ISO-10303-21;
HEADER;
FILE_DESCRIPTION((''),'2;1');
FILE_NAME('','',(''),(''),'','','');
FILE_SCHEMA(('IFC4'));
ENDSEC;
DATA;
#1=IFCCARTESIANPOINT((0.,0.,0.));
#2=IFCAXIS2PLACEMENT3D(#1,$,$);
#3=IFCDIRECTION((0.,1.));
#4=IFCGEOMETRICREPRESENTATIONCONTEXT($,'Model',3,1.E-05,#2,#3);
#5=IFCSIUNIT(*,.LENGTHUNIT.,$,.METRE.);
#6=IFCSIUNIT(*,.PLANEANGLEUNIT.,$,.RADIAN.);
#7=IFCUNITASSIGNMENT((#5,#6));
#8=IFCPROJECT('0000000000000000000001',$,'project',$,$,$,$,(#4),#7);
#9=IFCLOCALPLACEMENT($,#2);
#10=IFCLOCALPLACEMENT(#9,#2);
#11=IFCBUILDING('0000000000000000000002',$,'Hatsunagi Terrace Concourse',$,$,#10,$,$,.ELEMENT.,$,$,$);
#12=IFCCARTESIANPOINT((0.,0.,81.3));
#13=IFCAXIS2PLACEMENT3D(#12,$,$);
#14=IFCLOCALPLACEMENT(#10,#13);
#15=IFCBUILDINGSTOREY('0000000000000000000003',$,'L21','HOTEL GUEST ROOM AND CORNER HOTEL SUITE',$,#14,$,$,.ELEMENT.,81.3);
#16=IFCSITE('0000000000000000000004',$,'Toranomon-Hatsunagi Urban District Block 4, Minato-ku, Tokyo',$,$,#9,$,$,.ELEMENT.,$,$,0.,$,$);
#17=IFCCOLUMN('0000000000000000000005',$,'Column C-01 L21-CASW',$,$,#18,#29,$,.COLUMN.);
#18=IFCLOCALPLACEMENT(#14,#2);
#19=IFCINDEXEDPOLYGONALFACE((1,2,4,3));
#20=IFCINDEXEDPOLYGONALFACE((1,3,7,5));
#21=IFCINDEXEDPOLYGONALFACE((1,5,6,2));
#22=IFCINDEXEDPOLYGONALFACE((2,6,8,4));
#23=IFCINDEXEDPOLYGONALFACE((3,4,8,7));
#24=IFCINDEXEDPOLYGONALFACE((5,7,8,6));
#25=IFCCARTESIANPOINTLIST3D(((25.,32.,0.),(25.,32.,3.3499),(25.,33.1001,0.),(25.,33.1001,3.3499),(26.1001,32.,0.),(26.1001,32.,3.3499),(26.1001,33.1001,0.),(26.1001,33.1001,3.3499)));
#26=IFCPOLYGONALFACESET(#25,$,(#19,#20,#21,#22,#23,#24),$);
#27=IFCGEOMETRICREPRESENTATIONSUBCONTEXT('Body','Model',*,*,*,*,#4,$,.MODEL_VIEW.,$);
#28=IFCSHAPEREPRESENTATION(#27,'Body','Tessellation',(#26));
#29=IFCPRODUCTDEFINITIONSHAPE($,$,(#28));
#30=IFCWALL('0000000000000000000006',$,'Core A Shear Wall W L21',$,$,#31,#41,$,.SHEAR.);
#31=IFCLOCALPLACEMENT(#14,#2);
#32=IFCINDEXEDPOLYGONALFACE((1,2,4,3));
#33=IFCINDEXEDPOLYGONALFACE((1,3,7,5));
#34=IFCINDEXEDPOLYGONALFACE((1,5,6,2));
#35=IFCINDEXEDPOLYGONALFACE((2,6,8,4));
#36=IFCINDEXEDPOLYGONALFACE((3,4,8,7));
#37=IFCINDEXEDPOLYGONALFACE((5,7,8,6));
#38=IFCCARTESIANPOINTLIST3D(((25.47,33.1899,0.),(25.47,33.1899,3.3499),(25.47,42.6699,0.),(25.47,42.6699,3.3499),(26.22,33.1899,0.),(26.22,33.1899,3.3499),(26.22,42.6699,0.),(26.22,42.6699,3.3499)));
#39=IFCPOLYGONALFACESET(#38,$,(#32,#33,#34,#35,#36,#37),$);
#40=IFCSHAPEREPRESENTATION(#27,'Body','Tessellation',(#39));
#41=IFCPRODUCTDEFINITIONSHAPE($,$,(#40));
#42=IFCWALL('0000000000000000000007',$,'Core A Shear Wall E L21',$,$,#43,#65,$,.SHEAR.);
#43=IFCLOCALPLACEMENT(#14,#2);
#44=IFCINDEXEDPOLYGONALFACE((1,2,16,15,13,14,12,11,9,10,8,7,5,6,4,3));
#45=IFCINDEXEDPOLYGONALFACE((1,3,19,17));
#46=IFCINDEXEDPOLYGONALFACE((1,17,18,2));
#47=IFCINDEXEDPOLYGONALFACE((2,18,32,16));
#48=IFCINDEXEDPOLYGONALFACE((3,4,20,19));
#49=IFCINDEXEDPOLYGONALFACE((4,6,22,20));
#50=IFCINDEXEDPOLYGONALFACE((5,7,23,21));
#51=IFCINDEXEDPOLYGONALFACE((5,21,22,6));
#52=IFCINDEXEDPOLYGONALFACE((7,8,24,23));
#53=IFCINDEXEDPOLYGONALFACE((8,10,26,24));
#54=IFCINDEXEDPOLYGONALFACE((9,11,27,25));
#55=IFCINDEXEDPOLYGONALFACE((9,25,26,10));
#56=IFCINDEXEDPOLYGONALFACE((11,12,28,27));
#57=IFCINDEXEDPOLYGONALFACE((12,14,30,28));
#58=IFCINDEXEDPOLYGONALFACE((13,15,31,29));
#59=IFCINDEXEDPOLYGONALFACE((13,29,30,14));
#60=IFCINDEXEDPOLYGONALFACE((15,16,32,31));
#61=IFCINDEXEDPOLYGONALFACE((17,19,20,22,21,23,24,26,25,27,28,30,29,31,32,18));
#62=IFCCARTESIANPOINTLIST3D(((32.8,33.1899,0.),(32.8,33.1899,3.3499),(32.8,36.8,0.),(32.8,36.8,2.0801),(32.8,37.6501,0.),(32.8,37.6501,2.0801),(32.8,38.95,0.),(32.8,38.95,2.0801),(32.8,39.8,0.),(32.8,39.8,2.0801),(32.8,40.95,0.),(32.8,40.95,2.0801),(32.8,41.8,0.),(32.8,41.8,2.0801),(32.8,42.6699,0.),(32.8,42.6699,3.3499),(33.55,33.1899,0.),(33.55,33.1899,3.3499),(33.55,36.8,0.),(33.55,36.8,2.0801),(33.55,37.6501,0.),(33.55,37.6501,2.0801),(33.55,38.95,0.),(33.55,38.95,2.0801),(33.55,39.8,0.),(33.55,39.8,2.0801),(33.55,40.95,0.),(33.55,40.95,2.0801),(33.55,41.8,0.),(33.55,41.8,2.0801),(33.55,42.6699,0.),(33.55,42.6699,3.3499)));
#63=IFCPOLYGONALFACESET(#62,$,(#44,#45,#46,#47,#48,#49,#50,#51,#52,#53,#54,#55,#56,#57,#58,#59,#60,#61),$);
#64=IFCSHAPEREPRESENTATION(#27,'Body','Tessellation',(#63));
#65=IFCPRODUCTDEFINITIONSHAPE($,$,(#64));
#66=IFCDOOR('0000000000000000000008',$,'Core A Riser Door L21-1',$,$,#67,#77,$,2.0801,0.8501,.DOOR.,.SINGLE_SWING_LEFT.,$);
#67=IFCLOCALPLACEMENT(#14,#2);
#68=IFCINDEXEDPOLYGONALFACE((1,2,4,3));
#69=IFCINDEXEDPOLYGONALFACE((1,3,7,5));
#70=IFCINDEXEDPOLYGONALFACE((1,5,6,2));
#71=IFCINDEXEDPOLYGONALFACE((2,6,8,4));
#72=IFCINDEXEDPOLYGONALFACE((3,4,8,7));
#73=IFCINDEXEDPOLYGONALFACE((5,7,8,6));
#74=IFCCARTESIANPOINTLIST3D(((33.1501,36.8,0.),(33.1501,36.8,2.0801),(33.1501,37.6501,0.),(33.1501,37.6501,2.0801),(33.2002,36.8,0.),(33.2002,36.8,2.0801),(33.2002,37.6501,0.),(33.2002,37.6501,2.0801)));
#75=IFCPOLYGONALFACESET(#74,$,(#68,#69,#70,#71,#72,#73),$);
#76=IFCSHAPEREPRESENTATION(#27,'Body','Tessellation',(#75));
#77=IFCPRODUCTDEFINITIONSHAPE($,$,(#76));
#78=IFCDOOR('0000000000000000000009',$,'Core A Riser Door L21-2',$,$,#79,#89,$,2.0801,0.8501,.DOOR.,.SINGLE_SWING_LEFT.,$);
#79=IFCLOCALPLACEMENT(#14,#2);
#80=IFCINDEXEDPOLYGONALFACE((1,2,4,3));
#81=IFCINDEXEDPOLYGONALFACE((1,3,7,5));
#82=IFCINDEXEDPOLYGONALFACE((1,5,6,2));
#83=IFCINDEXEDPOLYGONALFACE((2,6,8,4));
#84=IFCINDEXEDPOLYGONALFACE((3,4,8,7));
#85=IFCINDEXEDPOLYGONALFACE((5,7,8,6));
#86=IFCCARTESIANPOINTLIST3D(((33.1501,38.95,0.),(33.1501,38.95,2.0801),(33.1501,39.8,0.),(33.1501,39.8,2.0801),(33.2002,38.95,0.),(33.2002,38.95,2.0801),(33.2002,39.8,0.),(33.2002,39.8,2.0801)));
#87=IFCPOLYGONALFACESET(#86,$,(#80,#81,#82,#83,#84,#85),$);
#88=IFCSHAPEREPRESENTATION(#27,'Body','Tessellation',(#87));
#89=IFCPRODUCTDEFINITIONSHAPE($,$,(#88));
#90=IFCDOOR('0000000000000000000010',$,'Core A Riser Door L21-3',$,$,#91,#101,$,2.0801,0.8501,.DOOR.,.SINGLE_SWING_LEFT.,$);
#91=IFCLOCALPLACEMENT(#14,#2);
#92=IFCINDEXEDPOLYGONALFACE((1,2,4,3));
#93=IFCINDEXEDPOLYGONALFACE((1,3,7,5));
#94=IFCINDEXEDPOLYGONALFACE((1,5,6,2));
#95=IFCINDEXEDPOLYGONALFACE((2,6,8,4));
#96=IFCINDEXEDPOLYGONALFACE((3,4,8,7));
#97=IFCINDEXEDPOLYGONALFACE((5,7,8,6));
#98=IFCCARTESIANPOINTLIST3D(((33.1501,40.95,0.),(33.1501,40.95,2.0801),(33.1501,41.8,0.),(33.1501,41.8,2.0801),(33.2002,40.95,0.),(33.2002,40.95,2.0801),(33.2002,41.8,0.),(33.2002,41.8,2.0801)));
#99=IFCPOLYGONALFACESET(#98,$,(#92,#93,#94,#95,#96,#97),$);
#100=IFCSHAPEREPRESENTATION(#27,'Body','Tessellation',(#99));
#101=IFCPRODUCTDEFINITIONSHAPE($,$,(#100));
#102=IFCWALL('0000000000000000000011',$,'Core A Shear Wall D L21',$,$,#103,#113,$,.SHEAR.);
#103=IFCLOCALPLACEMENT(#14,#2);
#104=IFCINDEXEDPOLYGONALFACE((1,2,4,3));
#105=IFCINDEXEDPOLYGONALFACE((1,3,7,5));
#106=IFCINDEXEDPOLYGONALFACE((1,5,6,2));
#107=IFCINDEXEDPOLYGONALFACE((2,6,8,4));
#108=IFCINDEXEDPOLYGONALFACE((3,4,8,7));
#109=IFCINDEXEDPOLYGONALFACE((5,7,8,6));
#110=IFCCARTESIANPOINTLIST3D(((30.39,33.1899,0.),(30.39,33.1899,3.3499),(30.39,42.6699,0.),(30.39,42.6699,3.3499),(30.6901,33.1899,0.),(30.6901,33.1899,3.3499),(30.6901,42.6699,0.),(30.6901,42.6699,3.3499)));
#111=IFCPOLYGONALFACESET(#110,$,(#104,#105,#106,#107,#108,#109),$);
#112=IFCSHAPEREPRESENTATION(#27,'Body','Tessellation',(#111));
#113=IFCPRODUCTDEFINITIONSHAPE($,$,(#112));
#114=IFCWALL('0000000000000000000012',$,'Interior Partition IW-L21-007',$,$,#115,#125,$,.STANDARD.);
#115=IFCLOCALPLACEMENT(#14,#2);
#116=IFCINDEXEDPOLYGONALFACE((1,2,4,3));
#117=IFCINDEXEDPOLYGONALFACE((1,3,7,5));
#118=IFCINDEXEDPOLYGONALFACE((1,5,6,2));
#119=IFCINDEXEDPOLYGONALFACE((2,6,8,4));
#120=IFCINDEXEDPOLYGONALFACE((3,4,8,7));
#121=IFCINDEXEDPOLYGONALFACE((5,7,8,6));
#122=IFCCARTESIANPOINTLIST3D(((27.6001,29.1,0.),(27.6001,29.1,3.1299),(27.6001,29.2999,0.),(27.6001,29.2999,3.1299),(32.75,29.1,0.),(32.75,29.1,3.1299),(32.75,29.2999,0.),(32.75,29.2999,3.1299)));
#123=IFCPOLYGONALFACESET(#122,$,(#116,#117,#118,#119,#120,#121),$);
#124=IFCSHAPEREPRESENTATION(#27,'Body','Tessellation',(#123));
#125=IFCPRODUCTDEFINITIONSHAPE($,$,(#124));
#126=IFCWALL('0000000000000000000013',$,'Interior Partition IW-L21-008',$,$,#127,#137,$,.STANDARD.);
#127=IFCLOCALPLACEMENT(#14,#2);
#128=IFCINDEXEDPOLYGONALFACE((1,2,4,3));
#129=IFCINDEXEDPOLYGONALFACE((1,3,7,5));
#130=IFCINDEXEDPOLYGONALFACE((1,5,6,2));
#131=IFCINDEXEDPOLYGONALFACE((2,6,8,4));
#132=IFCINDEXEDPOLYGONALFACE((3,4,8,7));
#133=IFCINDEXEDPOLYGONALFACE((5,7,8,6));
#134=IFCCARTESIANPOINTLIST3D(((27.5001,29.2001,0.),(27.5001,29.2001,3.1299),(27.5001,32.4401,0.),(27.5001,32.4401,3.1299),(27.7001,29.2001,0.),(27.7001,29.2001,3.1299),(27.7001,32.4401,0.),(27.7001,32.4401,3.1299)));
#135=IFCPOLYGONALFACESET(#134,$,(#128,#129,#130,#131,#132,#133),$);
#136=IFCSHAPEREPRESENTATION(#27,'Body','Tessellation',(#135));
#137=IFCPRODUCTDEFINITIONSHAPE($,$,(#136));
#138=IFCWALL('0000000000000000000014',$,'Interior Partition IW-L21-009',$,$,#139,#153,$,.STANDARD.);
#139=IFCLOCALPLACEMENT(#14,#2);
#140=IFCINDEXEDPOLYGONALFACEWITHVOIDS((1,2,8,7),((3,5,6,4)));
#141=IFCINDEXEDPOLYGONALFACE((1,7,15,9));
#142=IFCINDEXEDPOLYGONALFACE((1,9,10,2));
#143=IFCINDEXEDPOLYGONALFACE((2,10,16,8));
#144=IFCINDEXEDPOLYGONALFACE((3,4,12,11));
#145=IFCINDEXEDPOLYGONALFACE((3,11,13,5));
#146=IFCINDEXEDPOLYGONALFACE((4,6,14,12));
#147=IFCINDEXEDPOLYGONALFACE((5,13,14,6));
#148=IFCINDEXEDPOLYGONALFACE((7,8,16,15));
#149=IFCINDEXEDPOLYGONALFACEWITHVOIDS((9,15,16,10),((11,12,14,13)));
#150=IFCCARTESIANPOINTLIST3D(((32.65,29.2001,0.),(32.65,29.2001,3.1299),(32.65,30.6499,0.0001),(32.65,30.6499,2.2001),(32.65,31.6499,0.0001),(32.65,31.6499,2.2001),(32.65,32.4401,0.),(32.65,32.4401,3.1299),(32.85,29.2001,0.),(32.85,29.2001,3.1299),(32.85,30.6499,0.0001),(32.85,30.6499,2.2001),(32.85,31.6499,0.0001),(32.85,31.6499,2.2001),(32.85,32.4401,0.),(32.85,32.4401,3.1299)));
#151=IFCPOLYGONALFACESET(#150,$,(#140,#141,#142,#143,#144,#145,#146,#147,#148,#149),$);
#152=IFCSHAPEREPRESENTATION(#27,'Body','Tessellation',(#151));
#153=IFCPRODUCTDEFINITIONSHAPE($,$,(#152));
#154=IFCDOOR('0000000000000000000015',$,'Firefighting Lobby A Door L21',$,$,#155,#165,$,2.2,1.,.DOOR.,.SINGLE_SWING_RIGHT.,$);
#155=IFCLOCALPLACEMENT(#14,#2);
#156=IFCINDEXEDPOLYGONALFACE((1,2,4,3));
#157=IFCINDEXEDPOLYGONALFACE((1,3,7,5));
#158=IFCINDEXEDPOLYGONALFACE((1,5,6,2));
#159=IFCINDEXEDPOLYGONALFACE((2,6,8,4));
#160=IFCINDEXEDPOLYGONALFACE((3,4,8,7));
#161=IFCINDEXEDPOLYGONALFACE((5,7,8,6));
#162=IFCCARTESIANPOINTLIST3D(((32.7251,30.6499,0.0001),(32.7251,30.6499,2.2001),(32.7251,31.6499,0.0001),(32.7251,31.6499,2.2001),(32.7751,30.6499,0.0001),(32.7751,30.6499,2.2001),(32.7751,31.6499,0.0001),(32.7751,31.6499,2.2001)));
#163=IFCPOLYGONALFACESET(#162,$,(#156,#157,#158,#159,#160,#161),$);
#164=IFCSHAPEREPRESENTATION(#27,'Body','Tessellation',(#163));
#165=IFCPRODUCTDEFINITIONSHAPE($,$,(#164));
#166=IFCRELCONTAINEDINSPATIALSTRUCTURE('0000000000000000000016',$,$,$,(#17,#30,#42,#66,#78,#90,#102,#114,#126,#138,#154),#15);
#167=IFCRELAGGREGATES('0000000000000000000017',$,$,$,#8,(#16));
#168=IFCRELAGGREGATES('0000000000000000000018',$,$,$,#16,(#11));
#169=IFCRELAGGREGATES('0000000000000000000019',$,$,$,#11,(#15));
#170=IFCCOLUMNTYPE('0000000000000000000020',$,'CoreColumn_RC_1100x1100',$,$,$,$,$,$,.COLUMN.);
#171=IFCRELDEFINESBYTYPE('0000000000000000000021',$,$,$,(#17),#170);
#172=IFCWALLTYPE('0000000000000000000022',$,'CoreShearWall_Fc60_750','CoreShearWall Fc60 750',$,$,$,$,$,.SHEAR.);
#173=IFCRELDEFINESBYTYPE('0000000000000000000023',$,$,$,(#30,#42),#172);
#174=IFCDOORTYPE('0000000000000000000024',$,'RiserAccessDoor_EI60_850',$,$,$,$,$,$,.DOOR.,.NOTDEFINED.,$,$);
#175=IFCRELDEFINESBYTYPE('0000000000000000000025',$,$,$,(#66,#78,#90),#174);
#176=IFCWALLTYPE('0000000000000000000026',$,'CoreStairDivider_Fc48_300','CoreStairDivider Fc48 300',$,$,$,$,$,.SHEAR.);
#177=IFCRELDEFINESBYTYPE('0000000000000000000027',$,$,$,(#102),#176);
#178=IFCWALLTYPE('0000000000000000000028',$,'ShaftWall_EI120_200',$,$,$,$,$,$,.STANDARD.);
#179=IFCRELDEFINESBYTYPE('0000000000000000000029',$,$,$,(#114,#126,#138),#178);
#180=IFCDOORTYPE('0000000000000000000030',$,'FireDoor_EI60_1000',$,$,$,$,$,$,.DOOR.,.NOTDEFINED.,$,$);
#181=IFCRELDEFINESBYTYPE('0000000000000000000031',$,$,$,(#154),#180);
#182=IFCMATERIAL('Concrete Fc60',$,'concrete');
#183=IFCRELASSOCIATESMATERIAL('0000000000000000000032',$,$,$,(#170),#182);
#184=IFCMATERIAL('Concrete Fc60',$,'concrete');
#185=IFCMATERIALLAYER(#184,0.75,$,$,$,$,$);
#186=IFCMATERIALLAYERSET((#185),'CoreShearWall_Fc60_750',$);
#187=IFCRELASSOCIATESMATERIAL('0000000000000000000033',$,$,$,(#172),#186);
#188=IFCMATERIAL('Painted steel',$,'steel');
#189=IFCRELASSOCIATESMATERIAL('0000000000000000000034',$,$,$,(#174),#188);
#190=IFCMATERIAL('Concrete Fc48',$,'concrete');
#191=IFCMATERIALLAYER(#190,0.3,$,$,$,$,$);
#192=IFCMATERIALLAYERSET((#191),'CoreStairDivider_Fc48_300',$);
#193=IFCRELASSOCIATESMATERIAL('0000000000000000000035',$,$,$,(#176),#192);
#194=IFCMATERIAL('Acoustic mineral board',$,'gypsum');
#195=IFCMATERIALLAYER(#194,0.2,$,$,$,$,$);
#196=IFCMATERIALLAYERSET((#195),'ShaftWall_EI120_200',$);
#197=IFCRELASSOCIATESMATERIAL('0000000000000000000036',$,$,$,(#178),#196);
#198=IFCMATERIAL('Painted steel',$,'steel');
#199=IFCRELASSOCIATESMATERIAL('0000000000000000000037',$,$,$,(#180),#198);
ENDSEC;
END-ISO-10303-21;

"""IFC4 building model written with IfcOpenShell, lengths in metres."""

from ifc_helpers import new_model, si_unit, direction, frame, frame_2d, origin, origin_2d, place, context, subcontext, project, spatial, rectangle, extrude, material, layer, layer_set, material_profile, profile_set, type_object, element, fill, save


model = new_model("IFC4")

# Units and contexts
model_context = context("Model", 3, precision=1e-05, world=origin(), true_north=direction((0.0, 1.0)))
body_context = subcontext(model_context, "Body", "Model", "MODEL_VIEW")
ifc_project = project(units=[si_unit("LENGTHUNIT", "METRE"), si_unit("PLANEANGLEUNIT", "RADIAN")], contexts=[model_context])

# Site, building, storey
site_placement = place(None, origin())
site = spatial("IfcSite", under=ifc_project, at=site_placement, Name="Toranomon-Hatsunagi Urban District Block 4, Minato-ku, Tokyo", CompositionType="ELEMENT", RefElevation=0.0)
building_placement = place(site_placement, origin())
building = spatial("IfcBuilding", under=site, at=building_placement, Name="Hatsunagi Terrace Concourse", CompositionType="ELEMENT")
storey_placement = place(building_placement, frame((0.0, 0.0, 81.3)))
storey = spatial("IfcBuildingStorey", under=building, at=storey_placement, Name="L21", Description="HOTEL GUEST ROOM AND CORNER HOTEL SUITE", CompositionType="ELEMENT", Elevation=81.3)

# Column
ifc_material_1 = material(Name="Concrete Fc60", Category="concrete")
ifc_material_profile = material_profile(ifc_material_1, rectangle(XDim=1.1001, YDim=1.1001, at=origin_2d()), Name="RC-1100x1100")
ifc_profile_set = profile_set([ifc_material_profile], Name="Concrete Fc60")
column_type = type_object("IfcColumnType", Name="CoreColumn_RC_1100x1100", PredefinedType="COLUMN", material=ifc_profile_set)
column_placement = place(storey_placement, frame((25.55, 32.55, 0.0), z_axis=(0.0, 0.0, 1.0), x_axis=(1.0, 0.0, 0.0)))
element("IfcColumn", 1, at=column_placement, inside=storey, type_object=column_type, Name="Column C-01 L21-CASW", PredefinedType="COLUMN", context=body_context, shape_type="SweptSolid", body=[
    extrude(rectangle(XDim=1.1001, YDim=1.1001, at=origin_2d()), origin(), (0.0, 0.0, 1.0), 3.3499),
])

# Wall
ifc_material_2 = material(Name="Concrete Fc60", Category="concrete")
ifc_layer_1 = layer(ifc_material_2, 0.75)
ifc_layer_set_1 = layer_set([ifc_layer_1], Name="CoreShearWall_Fc60_750")
wall_type_1 = type_object("IfcWallType", Name="CoreShearWall_Fc60_750", Description="CoreShearWall Fc60 750", PredefinedType="SHEAR", material=ifc_layer_set_1)
wall_1_placement = place(storey_placement, frame((25.845, 33.1899, 0.0), z_axis=(0.0, 0.0, 1.0), x_axis=(0.0, 1.0, 0.0)))
element("IfcWall", 2, at=wall_1_placement, inside=storey, type_object=wall_type_1, Name="Core A Shear Wall W L21", PredefinedType="SHEAR", context=body_context, shape_type="SweptSolid", body=[
    extrude(rectangle(XDim=9.48, YDim=0.75, at=frame_2d((4.74, 0.0))), origin(), (0.0, 0.0, 1.0), 3.3499),
])

# Wall, openings, doors
wall_2_placement = place(storey_placement, frame((33.175, 33.1899, 0.0), z_axis=(0.0, 0.0, 1.0), x_axis=(0.0, 1.0, 0.0)))
wall_2 = element("IfcWall", 3, at=wall_2_placement, inside=storey, type_object=wall_type_1, Name="Core A Shear Wall E L21", PredefinedType="SHEAR", context=body_context, shape_type="SweptSolid", body=[
    extrude(rectangle(XDim=9.48, YDim=0.75, at=frame_2d((4.74, 0.0))), origin(), (0.0, 0.0, 1.0), 3.3499),
])
opening_1_placement = place(wall_2_placement, frame((3.6101, 0.0, 0.0)))
opening_1 = element("IfcOpeningElement", 4, at=opening_1_placement, cuts=wall_2, PredefinedType="OPENING", context=body_context, shape_type="SweptSolid", body=[
    extrude(rectangle(XDim=0.8501, YDim=2.0801, at=frame_2d((0.425, 1.04))), frame((0.0, 0.385, 0.0), z_axis=(0.0, -1.0, 0.0), x_axis=(1.0, 0.0, 0.0)), (0.0, 0.0, 1.0), 0.77),
])
opening_2_placement = place(wall_2_placement, frame((5.76, 0.0, 0.0)))
opening_2 = element("IfcOpeningElement", 5, at=opening_2_placement, cuts=wall_2, PredefinedType="OPENING", context=body_context, shape_type="SweptSolid", body=[
    extrude(rectangle(XDim=0.8501, YDim=2.0801, at=frame_2d((0.425, 1.04))), frame((0.0, 0.385, 0.0), z_axis=(0.0, -1.0, 0.0), x_axis=(1.0, 0.0, 0.0)), (0.0, 0.0, 1.0), 0.77),
])
opening_3_placement = place(wall_2_placement, frame((7.76, 0.0, 0.0)))
opening_3 = element("IfcOpeningElement", 6, at=opening_3_placement, cuts=wall_2, PredefinedType="OPENING", context=body_context, shape_type="SweptSolid", body=[
    extrude(rectangle(XDim=0.8501, YDim=2.0801, at=frame_2d((0.425, 1.04))), frame((0.0, 0.385, 0.0), z_axis=(0.0, -1.0, 0.0), x_axis=(1.0, 0.0, 0.0)), (0.0, 0.0, 1.0), 0.77),
])
ifc_material_3 = material(Name="Painted steel", Category="steel")
door_type_1 = type_object("IfcDoorType", Name="RiserAccessDoor_EI60_850", OperationType="NOTDEFINED", PredefinedType="DOOR", material=ifc_material_3)
door_1_placement = place(opening_1_placement, origin())
door_1 = element("IfcDoor", 7, at=door_1_placement, inside=storey, type_object=door_type_1, Name="Core A Riser Door L21-1", OperationType="SINGLE_SWING_LEFT", OverallHeight=2.0801, OverallWidth=0.8501, PredefinedType="DOOR", context=body_context, shape_type="SweptSolid", body=[
    extrude(rectangle(XDim=0.8501, YDim=2.0801, at=frame_2d((0.425, 1.04))), frame((0.0, 0.0249, 0.0), z_axis=(0.0, -1.0, 0.0), x_axis=(1.0, 0.0, 0.0)), (0.0, 0.0, 1.0), 0.05),
])
fill(opening_1, door_1)
door_2_placement = place(opening_2_placement, origin())
door_2 = element("IfcDoor", 8, at=door_2_placement, inside=storey, type_object=door_type_1, Name="Core A Riser Door L21-2", OperationType="SINGLE_SWING_LEFT", OverallHeight=2.0801, OverallWidth=0.8501, PredefinedType="DOOR", context=body_context, shape_type="SweptSolid", body=[
    extrude(rectangle(XDim=0.8501, YDim=2.0801, at=frame_2d((0.425, 1.04))), frame((0.0, 0.0249, 0.0), z_axis=(0.0, -1.0, 0.0), x_axis=(1.0, 0.0, 0.0)), (0.0, 0.0, 1.0), 0.05),
])
fill(opening_2, door_2)
door_3_placement = place(opening_3_placement, origin())
door_3 = element("IfcDoor", 9, at=door_3_placement, inside=storey, type_object=door_type_1, Name="Core A Riser Door L21-3", OperationType="SINGLE_SWING_LEFT", OverallHeight=2.0801, OverallWidth=0.8501, PredefinedType="DOOR", context=body_context, shape_type="SweptSolid", body=[
    extrude(rectangle(XDim=0.8501, YDim=2.0801, at=frame_2d((0.425, 1.04))), frame((0.0, 0.0249, 0.0), z_axis=(0.0, -1.0, 0.0), x_axis=(1.0, 0.0, 0.0)), (0.0, 0.0, 1.0), 0.05),
])
fill(opening_3, door_3)

# Walls
ifc_material_4 = material(Name="Concrete Fc48", Category="concrete")
ifc_layer_2 = layer(ifc_material_4, 0.3)
ifc_layer_set_2 = layer_set([ifc_layer_2], Name="CoreStairDivider_Fc48_300")
wall_type_2 = type_object("IfcWallType", Name="CoreStairDivider_Fc48_300", Description="CoreStairDivider Fc48 300", PredefinedType="SHEAR", material=ifc_layer_set_2)
wall_3_placement = place(storey_placement, frame((30.54, 33.1899, 0.0), z_axis=(0.0, 0.0, 1.0), x_axis=(0.0, 1.0, 0.0)))
element("IfcWall", 10, at=wall_3_placement, inside=storey, type_object=wall_type_2, Name="Core A Shear Wall D L21", PredefinedType="SHEAR", context=body_context, shape_type="SweptSolid", body=[
    extrude(rectangle(XDim=9.48, YDim=0.3, at=frame_2d((4.74, 0.0))), origin(), (0.0, 0.0, 1.0), 3.3499),
])
ifc_material_5 = material(Name="Acoustic mineral board", Category="gypsum")
ifc_layer_3 = layer(ifc_material_5, 0.2)
ifc_layer_set_3 = layer_set([ifc_layer_3], Name="ShaftWall_EI120_200")
wall_type_3 = type_object("IfcWallType", Name="ShaftWall_EI120_200", PredefinedType="STANDARD", material=ifc_layer_set_3)
wall_4_placement = place(storey_placement, frame((27.6001, 29.2, 0.0), z_axis=(0.0, 0.0, 1.0), x_axis=(1.0, 0.0, 0.0)))
element("IfcWall", 11, at=wall_4_placement, inside=storey, type_object=wall_type_3, Name="Interior Partition IW-L21-007", PredefinedType="STANDARD", context=body_context, shape_type="SweptSolid", body=[
    extrude(rectangle(XDim=5.1499, YDim=0.2, at=frame_2d((2.575, 0.0))), origin(), (0.0, 0.0, 1.0), 3.1299),
])
wall_5_placement = place(storey_placement, frame((27.6001, 29.2, 0.0), z_axis=(0.0, 0.0, 1.0), x_axis=(0.0, 1.0, 0.0)))
element("IfcWall", 12, at=wall_5_placement, inside=storey, type_object=wall_type_3, Name="Interior Partition IW-L21-008", PredefinedType="STANDARD", context=body_context, shape_type="SweptSolid", body=[
    extrude(rectangle(XDim=3.24, YDim=0.2, at=frame_2d((1.6201, 0.0))), origin(), (0.0, 0.0, 1.0), 3.1299),
])

# Wall, opening, door
wall_6_placement = place(storey_placement, frame((32.75, 29.2, 0.0), z_axis=(0.0, 0.0, 1.0), x_axis=(0.0, 1.0, 0.0)))
wall_6 = element("IfcWall", 13, at=wall_6_placement, inside=storey, type_object=wall_type_3, Name="Interior Partition IW-L21-009", PredefinedType="STANDARD", context=body_context, shape_type="SweptSolid", body=[
    extrude(rectangle(XDim=3.24, YDim=0.2, at=frame_2d((1.6201, 0.0))), origin(), (0.0, 0.0, 1.0), 3.1299),
])
opening_4_placement = place(wall_6_placement, frame((1.45, 0.0, 0.0)))
opening_4 = element("IfcOpeningElement", 14, at=opening_4_placement, cuts=wall_6, PredefinedType="OPENING", context=body_context, shape_type="SweptSolid", body=[
    extrude(rectangle(XDim=1.0, YDim=2.2, at=frame_2d((0.5, 1.1001))), frame((0.0, 0.1099, 0.0), z_axis=(0.0, -1.0, 0.0), x_axis=(1.0, 0.0, 0.0)), (0.0, 0.0, 1.0), 0.22),
])
ifc_material_6 = material(Name="Painted steel", Category="steel")
door_type_2 = type_object("IfcDoorType", Name="FireDoor_EI60_1000", OperationType="NOTDEFINED", PredefinedType="DOOR", material=ifc_material_6)
door_4_placement = place(opening_4_placement, origin())
door_4 = element("IfcDoor", 15, at=door_4_placement, inside=storey, type_object=door_type_2, Name="Firefighting Lobby A Door L21", OperationType="SINGLE_SWING_RIGHT", OverallHeight=2.2, OverallWidth=1.0, PredefinedType="DOOR", context=body_context, shape_type="SweptSolid", body=[
    extrude(rectangle(XDim=1.0, YDim=2.2, at=frame_2d((0.5, 1.1001))), frame((0.0, 0.0249, 0.0), z_axis=(0.0, -1.0, 0.0), x_axis=(1.0, 0.0, 0.0)), (0.0, 0.0, 1.0), 0.05),
])
fill(opening_4, door_4)

save(model, "model.ifc")
